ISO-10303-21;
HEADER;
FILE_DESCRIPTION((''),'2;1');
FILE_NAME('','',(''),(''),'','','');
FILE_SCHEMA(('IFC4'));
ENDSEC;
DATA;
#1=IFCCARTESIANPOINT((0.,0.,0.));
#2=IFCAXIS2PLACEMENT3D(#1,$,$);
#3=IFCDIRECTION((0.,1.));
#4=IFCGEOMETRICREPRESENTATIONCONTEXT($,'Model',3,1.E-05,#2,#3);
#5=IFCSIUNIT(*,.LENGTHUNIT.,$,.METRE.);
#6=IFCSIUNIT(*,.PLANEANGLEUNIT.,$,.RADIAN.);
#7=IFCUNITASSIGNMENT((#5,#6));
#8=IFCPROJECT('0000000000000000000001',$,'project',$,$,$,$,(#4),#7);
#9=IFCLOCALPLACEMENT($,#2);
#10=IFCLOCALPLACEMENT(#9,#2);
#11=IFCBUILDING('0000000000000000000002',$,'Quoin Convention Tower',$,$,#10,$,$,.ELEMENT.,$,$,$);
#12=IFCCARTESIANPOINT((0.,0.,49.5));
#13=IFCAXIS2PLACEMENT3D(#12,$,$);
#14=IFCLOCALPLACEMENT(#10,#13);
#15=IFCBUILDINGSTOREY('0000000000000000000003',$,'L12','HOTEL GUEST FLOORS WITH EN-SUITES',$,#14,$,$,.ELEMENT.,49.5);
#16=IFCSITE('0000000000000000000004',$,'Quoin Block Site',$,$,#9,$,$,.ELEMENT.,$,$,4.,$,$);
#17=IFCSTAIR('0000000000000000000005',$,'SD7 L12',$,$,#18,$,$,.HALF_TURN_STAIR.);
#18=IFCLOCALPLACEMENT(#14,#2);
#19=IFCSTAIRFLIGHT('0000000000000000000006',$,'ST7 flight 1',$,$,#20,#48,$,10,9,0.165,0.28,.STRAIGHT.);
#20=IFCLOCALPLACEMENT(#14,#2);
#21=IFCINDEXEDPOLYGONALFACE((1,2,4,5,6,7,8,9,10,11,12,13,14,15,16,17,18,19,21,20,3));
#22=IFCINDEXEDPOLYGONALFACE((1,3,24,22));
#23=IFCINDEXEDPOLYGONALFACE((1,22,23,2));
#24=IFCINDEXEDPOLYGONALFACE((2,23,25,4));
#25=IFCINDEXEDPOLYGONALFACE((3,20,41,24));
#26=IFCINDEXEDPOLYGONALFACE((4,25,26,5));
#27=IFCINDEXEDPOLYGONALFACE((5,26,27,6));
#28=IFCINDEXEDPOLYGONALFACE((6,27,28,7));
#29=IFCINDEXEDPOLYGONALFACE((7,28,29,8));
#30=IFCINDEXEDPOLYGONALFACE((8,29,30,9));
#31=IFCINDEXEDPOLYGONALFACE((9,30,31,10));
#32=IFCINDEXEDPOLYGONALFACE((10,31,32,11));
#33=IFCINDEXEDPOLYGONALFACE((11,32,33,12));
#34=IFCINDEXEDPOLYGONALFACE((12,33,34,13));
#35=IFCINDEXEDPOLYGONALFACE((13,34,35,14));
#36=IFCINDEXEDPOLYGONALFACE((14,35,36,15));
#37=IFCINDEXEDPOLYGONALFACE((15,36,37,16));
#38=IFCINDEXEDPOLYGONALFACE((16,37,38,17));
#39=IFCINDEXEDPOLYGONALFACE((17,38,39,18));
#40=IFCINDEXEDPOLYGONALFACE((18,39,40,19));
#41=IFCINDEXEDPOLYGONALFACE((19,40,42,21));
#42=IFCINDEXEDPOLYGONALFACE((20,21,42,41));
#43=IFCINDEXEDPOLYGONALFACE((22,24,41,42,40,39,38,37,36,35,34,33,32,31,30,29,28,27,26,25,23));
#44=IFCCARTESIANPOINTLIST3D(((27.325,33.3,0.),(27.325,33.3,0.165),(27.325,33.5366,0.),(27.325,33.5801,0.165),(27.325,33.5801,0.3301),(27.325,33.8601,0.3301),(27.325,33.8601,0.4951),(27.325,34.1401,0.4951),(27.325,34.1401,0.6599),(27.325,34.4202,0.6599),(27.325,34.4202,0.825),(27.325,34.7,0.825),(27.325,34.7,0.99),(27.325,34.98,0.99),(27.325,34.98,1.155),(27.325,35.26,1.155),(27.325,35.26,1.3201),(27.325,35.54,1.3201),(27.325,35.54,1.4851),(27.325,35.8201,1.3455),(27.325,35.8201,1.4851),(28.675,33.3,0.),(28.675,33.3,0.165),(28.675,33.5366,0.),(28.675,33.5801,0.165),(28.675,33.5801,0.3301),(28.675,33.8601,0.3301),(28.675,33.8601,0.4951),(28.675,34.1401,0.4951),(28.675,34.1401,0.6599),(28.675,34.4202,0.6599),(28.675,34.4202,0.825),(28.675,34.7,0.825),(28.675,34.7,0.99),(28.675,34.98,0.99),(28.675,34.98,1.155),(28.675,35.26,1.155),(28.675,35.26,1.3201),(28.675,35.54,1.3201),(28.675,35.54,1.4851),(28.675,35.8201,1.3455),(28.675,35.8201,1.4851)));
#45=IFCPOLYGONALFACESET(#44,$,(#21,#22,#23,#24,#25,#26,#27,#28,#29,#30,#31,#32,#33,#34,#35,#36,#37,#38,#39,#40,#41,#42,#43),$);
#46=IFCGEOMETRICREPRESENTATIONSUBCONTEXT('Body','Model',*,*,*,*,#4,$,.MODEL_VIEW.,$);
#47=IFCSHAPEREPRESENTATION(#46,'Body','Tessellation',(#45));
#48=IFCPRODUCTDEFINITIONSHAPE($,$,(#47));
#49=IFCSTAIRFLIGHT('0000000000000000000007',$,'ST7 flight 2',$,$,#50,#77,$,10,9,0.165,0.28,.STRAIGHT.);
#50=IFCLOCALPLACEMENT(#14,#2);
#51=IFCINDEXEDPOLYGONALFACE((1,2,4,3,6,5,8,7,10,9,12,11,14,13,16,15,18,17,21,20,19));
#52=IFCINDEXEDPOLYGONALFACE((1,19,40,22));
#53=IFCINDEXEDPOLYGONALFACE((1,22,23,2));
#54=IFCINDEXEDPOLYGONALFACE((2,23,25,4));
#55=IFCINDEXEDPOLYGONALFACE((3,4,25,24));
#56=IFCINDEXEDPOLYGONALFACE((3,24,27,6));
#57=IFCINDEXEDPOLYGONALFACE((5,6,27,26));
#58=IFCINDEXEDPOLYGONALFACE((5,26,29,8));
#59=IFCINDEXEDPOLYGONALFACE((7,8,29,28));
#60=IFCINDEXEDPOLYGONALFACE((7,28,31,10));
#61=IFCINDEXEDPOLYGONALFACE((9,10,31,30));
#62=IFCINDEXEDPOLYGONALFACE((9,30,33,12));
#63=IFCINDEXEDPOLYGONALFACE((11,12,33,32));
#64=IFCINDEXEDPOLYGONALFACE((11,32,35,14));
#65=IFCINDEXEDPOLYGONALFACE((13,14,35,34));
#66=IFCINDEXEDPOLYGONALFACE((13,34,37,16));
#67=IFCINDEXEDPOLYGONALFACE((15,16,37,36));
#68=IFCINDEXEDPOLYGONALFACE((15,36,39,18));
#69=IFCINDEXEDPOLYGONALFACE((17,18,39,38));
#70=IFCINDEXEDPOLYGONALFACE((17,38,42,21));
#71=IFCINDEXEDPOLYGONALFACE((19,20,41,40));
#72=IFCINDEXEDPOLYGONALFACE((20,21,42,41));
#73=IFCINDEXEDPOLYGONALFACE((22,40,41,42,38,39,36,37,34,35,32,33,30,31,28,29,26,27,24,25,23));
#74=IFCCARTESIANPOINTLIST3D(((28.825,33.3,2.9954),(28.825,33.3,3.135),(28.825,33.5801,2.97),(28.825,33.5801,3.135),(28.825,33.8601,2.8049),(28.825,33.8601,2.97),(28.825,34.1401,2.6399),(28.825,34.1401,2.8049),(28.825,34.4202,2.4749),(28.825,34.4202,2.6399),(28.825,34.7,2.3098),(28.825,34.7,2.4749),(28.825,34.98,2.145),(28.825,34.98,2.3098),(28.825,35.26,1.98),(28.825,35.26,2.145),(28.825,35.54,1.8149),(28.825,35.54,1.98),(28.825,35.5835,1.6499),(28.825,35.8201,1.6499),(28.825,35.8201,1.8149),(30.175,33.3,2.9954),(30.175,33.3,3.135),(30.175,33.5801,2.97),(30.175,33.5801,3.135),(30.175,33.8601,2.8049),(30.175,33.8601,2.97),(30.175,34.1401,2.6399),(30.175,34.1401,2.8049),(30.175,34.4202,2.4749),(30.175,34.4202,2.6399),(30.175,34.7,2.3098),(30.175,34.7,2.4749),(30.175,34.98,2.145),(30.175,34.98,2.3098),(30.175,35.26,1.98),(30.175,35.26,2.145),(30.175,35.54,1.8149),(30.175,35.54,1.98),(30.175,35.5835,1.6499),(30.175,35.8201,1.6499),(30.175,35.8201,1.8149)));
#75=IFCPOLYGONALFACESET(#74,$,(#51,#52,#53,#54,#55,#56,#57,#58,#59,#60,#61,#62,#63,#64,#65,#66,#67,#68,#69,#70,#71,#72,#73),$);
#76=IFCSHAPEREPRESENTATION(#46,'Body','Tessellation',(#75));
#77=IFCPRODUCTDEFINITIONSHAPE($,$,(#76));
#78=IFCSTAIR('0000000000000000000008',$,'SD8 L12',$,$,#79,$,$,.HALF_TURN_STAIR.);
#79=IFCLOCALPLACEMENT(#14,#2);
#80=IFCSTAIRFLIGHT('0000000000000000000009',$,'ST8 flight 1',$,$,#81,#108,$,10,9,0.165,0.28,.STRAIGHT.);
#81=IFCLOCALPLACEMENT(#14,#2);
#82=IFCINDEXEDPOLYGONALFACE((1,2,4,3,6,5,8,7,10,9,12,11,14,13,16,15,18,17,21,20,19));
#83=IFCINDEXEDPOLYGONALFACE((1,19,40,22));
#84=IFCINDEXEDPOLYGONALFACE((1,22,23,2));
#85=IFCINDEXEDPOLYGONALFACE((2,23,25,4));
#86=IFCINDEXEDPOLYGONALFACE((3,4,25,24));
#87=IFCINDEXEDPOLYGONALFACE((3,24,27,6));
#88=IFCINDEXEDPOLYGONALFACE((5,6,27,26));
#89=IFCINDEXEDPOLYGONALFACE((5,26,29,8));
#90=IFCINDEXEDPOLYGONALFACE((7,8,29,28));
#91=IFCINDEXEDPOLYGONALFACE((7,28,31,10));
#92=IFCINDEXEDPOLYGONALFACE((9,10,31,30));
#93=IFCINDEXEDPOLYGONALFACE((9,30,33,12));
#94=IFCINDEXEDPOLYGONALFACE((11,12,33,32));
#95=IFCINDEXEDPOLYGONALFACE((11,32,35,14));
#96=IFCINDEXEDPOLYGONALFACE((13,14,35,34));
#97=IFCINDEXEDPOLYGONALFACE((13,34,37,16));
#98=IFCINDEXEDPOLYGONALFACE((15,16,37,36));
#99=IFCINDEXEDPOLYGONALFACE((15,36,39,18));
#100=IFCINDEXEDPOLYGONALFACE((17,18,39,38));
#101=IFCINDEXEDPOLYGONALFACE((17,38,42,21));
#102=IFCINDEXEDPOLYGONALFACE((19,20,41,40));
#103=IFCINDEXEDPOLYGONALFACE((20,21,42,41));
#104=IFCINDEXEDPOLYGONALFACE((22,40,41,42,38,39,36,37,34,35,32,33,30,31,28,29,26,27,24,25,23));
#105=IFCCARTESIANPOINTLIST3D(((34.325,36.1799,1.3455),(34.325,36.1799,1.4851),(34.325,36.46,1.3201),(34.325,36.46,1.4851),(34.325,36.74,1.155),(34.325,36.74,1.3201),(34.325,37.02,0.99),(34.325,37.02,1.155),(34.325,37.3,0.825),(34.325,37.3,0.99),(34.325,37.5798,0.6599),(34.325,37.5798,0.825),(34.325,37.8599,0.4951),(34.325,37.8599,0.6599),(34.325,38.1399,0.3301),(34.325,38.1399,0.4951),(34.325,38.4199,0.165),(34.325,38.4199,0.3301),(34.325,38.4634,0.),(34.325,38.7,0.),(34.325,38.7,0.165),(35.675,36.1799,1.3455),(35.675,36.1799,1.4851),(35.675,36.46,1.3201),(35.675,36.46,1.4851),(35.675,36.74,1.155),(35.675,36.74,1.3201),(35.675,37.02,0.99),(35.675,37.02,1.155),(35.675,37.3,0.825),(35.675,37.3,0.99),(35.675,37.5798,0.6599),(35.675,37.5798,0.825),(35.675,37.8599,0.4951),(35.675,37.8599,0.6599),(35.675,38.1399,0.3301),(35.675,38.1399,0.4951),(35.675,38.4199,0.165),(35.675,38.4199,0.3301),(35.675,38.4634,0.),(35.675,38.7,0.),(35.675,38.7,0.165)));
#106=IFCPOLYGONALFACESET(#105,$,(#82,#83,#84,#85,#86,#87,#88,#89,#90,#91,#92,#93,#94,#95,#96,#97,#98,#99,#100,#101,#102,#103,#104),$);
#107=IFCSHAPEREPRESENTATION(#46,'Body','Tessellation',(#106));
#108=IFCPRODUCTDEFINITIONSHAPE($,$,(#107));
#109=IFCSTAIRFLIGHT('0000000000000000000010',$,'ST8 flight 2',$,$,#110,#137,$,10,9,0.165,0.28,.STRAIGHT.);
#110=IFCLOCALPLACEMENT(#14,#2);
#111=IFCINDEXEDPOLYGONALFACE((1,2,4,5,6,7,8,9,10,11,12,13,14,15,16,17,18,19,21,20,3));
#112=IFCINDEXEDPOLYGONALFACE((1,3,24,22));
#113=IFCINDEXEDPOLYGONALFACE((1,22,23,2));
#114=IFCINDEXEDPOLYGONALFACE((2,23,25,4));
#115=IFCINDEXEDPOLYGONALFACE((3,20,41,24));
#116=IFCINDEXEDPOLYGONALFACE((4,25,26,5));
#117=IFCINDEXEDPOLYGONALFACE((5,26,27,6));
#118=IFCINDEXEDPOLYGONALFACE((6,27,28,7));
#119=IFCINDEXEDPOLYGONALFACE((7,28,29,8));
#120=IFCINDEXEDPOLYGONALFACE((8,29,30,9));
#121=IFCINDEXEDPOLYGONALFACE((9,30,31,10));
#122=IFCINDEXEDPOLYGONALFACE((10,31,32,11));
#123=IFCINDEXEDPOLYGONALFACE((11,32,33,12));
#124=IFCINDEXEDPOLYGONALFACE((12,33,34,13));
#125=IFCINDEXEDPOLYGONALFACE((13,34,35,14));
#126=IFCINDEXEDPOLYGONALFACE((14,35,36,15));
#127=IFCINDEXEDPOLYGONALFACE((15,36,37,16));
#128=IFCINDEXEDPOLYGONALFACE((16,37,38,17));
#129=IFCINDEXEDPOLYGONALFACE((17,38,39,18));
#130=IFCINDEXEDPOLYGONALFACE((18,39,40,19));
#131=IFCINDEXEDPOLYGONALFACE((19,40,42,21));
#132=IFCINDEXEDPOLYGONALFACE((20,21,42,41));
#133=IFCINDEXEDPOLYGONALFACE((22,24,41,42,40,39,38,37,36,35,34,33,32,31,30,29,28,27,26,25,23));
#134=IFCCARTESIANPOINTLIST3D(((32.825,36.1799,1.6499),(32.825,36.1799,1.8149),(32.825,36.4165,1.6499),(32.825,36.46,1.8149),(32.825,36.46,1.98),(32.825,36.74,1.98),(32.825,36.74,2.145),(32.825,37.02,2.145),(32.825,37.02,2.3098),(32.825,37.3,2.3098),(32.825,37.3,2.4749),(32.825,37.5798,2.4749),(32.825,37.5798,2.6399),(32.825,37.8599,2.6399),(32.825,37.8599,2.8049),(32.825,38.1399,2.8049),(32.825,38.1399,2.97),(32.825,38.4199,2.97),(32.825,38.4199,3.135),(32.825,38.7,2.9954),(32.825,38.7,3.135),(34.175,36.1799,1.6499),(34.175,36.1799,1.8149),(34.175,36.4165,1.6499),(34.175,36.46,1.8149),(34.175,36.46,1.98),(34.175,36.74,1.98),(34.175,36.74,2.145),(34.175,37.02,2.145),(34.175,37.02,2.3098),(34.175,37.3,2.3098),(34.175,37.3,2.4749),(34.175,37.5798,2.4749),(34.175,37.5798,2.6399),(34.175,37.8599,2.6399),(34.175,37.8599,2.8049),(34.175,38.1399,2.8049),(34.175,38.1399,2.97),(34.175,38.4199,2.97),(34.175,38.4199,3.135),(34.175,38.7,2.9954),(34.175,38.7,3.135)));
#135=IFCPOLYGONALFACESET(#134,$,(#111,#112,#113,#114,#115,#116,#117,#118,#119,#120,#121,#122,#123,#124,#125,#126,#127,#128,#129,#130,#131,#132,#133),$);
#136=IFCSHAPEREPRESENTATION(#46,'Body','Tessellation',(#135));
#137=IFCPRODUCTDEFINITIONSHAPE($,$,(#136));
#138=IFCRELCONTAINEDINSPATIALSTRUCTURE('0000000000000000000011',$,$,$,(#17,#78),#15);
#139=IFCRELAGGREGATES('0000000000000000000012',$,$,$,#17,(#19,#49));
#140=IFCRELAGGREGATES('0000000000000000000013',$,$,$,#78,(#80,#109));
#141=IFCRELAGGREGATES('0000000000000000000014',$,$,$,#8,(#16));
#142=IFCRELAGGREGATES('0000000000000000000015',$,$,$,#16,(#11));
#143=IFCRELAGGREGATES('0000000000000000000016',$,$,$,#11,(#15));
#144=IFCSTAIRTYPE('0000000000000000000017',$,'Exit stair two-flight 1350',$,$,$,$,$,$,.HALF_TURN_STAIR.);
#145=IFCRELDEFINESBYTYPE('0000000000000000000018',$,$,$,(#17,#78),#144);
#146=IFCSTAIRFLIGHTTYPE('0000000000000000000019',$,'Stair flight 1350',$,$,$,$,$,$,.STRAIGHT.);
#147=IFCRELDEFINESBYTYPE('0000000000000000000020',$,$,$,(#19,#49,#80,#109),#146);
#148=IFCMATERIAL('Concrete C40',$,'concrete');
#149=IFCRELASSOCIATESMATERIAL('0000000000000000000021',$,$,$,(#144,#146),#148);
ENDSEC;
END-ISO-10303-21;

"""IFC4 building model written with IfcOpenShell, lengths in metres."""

from ifc_helpers import new_model, si_unit, direction, frame, origin, place, context, subcontext, project, spatial, polyline, outline, extrude, material, type_object, element, aggregate, save


model = new_model("IFC4")

# Units and contexts
model_context = context("Model", 3, precision=1e-05, world=origin(), true_north=direction((0.0, 1.0)))
body_context = subcontext(model_context, "Body", "Model", "MODEL_VIEW")
ifc_project = project(units=[si_unit("LENGTHUNIT", "METRE"), si_unit("PLANEANGLEUNIT", "RADIAN")], contexts=[model_context])

# Site, building, storey
site_placement = place(None, origin())
site = spatial("IfcSite", under=ifc_project, at=site_placement, Name="Quoin Block Site", CompositionType="ELEMENT", RefElevation=4.0)
building_placement = place(site_placement, origin())
building = spatial("IfcBuilding", under=site, at=building_placement, Name="Quoin Convention Tower", CompositionType="ELEMENT")
storey_placement = place(building_placement, frame((0.0, 0.0, 49.5)))
storey = spatial("IfcBuildingStorey", under=building, at=storey_placement, Name="L12", Description="HOTEL GUEST FLOORS WITH EN-SUITES", CompositionType="ELEMENT", Elevation=49.5)

# Stairs, stair flights
ifc_material_1 = material(Name="Concrete C40", Category="concrete")
stair_type = type_object("IfcStairType", Name="Exit stair two-flight 1350", PredefinedType="HALF_TURN_STAIR", material=ifc_material_1)
stair_1_placement = place(storey_placement, origin())
stair_1 = element("IfcStair", 1, at=stair_1_placement, inside=storey, type_object=stair_type, Name="SD7 L12", PredefinedType="HALF_TURN_STAIR")
stair_flight_type = type_object("IfcStairFlightType", Name="Stair flight 1350", PredefinedType="STRAIGHT", material=ifc_material_1)
stair_flight_1_placement = place(storey_placement, frame((28.0, 33.3, 0.0), z_axis=(0.0, 0.0, 1.0), x_axis=(0.0, 1.0, 0.0)))
stair_flight_1 = element("IfcStairFlight", 2, at=stair_flight_1_placement, type_object=stair_flight_type, Name="ST7 flight 1", NumberOfRisers=10, NumberOfTreads=9, PredefinedType="STRAIGHT", RiserHeight=0.165, TreadLength=0.28, context=body_context, shape_type="SweptSolid", body=[
    extrude(outline(polyline([(0.0, 0.0), (0.0, 0.165), (0.28, 0.165), (0.28, 0.3301), (0.5601, 0.3301), (0.5601, 0.4951), (0.8401, 0.4951), (0.8401, 0.6599), (1.1201, 0.6599), (1.1201, 0.825), (1.3999, 0.825), (1.3999, 0.99), (1.6799, 0.99), (1.6799, 1.155), (1.96, 1.155), (1.96, 1.3201), (2.24, 1.3201), (2.24, 1.4851), (2.52, 1.4851), (2.52, 1.6499), (2.52, 1.3455), (0.2366, 0.0), (0.0, 0.0)])), frame((0.0, 0.675, 0.0), z_axis=(0.0, -1.0, 0.0), x_axis=(1.0, 0.0, 0.0)), (0.0, 0.0, 1.0), 1.3501),
])
stair_flight_2_placement = place(storey_placement, frame((29.5, 35.8201, 1.6499), z_axis=(0.0, 0.0, 1.0), x_axis=(0.0, -1.0, 0.0)))
stair_flight_2 = element("IfcStairFlight", 3, at=stair_flight_2_placement, type_object=stair_flight_type, Name="ST7 flight 2", NumberOfRisers=10, NumberOfTreads=9, PredefinedType="STRAIGHT", RiserHeight=0.165, TreadLength=0.28, context=body_context, shape_type="SweptSolid", body=[
    extrude(outline(polyline([(0.0, 0.0), (0.0, 0.165), (0.28, 0.165), (0.28, 0.3301), (0.5601, 0.3301), (0.5601, 0.4951), (0.8401, 0.4951), (0.8401, 0.6599), (1.1201, 0.6599), (1.1201, 0.825), (1.3999, 0.825), (1.3999, 0.99), (1.6799, 0.99), (1.6799, 1.155), (1.96, 1.155), (1.96, 1.3201), (2.24, 1.3201), (2.24, 1.4851), (2.52, 1.4851), (2.52, 1.6499), (2.52, 1.3455), (0.2366, 0.0), (0.0, 0.0)])), frame((0.0, 0.675, 0.0), z_axis=(0.0, -1.0, 0.0), x_axis=(1.0, 0.0, 0.0)), (0.0, 0.0, 1.0), 1.3501),
])
aggregate(stair_1, [stair_flight_1, stair_flight_2])
stair_2_placement = place(storey_placement, origin())
stair_2 = element("IfcStair", 4, at=stair_2_placement, inside=storey, type_object=stair_type, Name="SD8 L12", PredefinedType="HALF_TURN_STAIR")
stair_flight_3_placement = place(storey_placement, frame((35.0, 38.7, 0.0), z_axis=(0.0, 0.0, 1.0), x_axis=(0.0, -1.0, 0.0)))
stair_flight_3 = element("IfcStairFlight", 5, at=stair_flight_3_placement, type_object=stair_flight_type, Name="ST8 flight 1", NumberOfRisers=10, NumberOfTreads=9, PredefinedType="STRAIGHT", RiserHeight=0.165, TreadLength=0.28, context=body_context, shape_type="SweptSolid", body=[
    extrude(outline(polyline([(0.0, 0.0), (0.0, 0.165), (0.28, 0.165), (0.28, 0.3301), (0.5601, 0.3301), (0.5601, 0.4951), (0.8401, 0.4951), (0.8401, 0.6599), (1.1201, 0.6599), (1.1201, 0.825), (1.3999, 0.825), (1.3999, 0.99), (1.6799, 0.99), (1.6799, 1.155), (1.96, 1.155), (1.96, 1.3201), (2.24, 1.3201), (2.24, 1.4851), (2.52, 1.4851), (2.52, 1.6499), (2.52, 1.3455), (0.2366, 0.0), (0.0, 0.0)])), frame((0.0, 0.675, 0.0), z_axis=(0.0, -1.0, 0.0), x_axis=(1.0, 0.0, 0.0)), (0.0, 0.0, 1.0), 1.3501),
])
stair_flight_4_placement = place(storey_placement, frame((33.5, 36.1799, 1.6499), z_axis=(0.0, 0.0, 1.0), x_axis=(0.0, 1.0, 0.0)))
stair_flight_4 = element("IfcStairFlight", 6, at=stair_flight_4_placement, type_object=stair_flight_type, Name="ST8 flight 2", NumberOfRisers=10, NumberOfTreads=9, PredefinedType="STRAIGHT", RiserHeight=0.165, TreadLength=0.28, context=body_context, shape_type="SweptSolid", body=[
    extrude(outline(polyline([(0.0, 0.0), (0.0, 0.165), (0.28, 0.165), (0.28, 0.3301), (0.5601, 0.3301), (0.5601, 0.4951), (0.8401, 0.4951), (0.8401, 0.6599), (1.1201, 0.6599), (1.1201, 0.825), (1.3999, 0.825), (1.3999, 0.99), (1.6799, 0.99), (1.6799, 1.155), (1.96, 1.155), (1.96, 1.3201), (2.24, 1.3201), (2.24, 1.4851), (2.52, 1.4851), (2.52, 1.6499), (2.52, 1.3455), (0.2366, 0.0), (0.0, 0.0)])), frame((0.0, 0.675, 0.0), z_axis=(0.0, -1.0, 0.0), x_axis=(1.0, 0.0, 0.0)), (0.0, 0.0, 1.0), 1.3501),
])
aggregate(stair_2, [stair_flight_3, stair_flight_4])

save(model, "model.ifc")
